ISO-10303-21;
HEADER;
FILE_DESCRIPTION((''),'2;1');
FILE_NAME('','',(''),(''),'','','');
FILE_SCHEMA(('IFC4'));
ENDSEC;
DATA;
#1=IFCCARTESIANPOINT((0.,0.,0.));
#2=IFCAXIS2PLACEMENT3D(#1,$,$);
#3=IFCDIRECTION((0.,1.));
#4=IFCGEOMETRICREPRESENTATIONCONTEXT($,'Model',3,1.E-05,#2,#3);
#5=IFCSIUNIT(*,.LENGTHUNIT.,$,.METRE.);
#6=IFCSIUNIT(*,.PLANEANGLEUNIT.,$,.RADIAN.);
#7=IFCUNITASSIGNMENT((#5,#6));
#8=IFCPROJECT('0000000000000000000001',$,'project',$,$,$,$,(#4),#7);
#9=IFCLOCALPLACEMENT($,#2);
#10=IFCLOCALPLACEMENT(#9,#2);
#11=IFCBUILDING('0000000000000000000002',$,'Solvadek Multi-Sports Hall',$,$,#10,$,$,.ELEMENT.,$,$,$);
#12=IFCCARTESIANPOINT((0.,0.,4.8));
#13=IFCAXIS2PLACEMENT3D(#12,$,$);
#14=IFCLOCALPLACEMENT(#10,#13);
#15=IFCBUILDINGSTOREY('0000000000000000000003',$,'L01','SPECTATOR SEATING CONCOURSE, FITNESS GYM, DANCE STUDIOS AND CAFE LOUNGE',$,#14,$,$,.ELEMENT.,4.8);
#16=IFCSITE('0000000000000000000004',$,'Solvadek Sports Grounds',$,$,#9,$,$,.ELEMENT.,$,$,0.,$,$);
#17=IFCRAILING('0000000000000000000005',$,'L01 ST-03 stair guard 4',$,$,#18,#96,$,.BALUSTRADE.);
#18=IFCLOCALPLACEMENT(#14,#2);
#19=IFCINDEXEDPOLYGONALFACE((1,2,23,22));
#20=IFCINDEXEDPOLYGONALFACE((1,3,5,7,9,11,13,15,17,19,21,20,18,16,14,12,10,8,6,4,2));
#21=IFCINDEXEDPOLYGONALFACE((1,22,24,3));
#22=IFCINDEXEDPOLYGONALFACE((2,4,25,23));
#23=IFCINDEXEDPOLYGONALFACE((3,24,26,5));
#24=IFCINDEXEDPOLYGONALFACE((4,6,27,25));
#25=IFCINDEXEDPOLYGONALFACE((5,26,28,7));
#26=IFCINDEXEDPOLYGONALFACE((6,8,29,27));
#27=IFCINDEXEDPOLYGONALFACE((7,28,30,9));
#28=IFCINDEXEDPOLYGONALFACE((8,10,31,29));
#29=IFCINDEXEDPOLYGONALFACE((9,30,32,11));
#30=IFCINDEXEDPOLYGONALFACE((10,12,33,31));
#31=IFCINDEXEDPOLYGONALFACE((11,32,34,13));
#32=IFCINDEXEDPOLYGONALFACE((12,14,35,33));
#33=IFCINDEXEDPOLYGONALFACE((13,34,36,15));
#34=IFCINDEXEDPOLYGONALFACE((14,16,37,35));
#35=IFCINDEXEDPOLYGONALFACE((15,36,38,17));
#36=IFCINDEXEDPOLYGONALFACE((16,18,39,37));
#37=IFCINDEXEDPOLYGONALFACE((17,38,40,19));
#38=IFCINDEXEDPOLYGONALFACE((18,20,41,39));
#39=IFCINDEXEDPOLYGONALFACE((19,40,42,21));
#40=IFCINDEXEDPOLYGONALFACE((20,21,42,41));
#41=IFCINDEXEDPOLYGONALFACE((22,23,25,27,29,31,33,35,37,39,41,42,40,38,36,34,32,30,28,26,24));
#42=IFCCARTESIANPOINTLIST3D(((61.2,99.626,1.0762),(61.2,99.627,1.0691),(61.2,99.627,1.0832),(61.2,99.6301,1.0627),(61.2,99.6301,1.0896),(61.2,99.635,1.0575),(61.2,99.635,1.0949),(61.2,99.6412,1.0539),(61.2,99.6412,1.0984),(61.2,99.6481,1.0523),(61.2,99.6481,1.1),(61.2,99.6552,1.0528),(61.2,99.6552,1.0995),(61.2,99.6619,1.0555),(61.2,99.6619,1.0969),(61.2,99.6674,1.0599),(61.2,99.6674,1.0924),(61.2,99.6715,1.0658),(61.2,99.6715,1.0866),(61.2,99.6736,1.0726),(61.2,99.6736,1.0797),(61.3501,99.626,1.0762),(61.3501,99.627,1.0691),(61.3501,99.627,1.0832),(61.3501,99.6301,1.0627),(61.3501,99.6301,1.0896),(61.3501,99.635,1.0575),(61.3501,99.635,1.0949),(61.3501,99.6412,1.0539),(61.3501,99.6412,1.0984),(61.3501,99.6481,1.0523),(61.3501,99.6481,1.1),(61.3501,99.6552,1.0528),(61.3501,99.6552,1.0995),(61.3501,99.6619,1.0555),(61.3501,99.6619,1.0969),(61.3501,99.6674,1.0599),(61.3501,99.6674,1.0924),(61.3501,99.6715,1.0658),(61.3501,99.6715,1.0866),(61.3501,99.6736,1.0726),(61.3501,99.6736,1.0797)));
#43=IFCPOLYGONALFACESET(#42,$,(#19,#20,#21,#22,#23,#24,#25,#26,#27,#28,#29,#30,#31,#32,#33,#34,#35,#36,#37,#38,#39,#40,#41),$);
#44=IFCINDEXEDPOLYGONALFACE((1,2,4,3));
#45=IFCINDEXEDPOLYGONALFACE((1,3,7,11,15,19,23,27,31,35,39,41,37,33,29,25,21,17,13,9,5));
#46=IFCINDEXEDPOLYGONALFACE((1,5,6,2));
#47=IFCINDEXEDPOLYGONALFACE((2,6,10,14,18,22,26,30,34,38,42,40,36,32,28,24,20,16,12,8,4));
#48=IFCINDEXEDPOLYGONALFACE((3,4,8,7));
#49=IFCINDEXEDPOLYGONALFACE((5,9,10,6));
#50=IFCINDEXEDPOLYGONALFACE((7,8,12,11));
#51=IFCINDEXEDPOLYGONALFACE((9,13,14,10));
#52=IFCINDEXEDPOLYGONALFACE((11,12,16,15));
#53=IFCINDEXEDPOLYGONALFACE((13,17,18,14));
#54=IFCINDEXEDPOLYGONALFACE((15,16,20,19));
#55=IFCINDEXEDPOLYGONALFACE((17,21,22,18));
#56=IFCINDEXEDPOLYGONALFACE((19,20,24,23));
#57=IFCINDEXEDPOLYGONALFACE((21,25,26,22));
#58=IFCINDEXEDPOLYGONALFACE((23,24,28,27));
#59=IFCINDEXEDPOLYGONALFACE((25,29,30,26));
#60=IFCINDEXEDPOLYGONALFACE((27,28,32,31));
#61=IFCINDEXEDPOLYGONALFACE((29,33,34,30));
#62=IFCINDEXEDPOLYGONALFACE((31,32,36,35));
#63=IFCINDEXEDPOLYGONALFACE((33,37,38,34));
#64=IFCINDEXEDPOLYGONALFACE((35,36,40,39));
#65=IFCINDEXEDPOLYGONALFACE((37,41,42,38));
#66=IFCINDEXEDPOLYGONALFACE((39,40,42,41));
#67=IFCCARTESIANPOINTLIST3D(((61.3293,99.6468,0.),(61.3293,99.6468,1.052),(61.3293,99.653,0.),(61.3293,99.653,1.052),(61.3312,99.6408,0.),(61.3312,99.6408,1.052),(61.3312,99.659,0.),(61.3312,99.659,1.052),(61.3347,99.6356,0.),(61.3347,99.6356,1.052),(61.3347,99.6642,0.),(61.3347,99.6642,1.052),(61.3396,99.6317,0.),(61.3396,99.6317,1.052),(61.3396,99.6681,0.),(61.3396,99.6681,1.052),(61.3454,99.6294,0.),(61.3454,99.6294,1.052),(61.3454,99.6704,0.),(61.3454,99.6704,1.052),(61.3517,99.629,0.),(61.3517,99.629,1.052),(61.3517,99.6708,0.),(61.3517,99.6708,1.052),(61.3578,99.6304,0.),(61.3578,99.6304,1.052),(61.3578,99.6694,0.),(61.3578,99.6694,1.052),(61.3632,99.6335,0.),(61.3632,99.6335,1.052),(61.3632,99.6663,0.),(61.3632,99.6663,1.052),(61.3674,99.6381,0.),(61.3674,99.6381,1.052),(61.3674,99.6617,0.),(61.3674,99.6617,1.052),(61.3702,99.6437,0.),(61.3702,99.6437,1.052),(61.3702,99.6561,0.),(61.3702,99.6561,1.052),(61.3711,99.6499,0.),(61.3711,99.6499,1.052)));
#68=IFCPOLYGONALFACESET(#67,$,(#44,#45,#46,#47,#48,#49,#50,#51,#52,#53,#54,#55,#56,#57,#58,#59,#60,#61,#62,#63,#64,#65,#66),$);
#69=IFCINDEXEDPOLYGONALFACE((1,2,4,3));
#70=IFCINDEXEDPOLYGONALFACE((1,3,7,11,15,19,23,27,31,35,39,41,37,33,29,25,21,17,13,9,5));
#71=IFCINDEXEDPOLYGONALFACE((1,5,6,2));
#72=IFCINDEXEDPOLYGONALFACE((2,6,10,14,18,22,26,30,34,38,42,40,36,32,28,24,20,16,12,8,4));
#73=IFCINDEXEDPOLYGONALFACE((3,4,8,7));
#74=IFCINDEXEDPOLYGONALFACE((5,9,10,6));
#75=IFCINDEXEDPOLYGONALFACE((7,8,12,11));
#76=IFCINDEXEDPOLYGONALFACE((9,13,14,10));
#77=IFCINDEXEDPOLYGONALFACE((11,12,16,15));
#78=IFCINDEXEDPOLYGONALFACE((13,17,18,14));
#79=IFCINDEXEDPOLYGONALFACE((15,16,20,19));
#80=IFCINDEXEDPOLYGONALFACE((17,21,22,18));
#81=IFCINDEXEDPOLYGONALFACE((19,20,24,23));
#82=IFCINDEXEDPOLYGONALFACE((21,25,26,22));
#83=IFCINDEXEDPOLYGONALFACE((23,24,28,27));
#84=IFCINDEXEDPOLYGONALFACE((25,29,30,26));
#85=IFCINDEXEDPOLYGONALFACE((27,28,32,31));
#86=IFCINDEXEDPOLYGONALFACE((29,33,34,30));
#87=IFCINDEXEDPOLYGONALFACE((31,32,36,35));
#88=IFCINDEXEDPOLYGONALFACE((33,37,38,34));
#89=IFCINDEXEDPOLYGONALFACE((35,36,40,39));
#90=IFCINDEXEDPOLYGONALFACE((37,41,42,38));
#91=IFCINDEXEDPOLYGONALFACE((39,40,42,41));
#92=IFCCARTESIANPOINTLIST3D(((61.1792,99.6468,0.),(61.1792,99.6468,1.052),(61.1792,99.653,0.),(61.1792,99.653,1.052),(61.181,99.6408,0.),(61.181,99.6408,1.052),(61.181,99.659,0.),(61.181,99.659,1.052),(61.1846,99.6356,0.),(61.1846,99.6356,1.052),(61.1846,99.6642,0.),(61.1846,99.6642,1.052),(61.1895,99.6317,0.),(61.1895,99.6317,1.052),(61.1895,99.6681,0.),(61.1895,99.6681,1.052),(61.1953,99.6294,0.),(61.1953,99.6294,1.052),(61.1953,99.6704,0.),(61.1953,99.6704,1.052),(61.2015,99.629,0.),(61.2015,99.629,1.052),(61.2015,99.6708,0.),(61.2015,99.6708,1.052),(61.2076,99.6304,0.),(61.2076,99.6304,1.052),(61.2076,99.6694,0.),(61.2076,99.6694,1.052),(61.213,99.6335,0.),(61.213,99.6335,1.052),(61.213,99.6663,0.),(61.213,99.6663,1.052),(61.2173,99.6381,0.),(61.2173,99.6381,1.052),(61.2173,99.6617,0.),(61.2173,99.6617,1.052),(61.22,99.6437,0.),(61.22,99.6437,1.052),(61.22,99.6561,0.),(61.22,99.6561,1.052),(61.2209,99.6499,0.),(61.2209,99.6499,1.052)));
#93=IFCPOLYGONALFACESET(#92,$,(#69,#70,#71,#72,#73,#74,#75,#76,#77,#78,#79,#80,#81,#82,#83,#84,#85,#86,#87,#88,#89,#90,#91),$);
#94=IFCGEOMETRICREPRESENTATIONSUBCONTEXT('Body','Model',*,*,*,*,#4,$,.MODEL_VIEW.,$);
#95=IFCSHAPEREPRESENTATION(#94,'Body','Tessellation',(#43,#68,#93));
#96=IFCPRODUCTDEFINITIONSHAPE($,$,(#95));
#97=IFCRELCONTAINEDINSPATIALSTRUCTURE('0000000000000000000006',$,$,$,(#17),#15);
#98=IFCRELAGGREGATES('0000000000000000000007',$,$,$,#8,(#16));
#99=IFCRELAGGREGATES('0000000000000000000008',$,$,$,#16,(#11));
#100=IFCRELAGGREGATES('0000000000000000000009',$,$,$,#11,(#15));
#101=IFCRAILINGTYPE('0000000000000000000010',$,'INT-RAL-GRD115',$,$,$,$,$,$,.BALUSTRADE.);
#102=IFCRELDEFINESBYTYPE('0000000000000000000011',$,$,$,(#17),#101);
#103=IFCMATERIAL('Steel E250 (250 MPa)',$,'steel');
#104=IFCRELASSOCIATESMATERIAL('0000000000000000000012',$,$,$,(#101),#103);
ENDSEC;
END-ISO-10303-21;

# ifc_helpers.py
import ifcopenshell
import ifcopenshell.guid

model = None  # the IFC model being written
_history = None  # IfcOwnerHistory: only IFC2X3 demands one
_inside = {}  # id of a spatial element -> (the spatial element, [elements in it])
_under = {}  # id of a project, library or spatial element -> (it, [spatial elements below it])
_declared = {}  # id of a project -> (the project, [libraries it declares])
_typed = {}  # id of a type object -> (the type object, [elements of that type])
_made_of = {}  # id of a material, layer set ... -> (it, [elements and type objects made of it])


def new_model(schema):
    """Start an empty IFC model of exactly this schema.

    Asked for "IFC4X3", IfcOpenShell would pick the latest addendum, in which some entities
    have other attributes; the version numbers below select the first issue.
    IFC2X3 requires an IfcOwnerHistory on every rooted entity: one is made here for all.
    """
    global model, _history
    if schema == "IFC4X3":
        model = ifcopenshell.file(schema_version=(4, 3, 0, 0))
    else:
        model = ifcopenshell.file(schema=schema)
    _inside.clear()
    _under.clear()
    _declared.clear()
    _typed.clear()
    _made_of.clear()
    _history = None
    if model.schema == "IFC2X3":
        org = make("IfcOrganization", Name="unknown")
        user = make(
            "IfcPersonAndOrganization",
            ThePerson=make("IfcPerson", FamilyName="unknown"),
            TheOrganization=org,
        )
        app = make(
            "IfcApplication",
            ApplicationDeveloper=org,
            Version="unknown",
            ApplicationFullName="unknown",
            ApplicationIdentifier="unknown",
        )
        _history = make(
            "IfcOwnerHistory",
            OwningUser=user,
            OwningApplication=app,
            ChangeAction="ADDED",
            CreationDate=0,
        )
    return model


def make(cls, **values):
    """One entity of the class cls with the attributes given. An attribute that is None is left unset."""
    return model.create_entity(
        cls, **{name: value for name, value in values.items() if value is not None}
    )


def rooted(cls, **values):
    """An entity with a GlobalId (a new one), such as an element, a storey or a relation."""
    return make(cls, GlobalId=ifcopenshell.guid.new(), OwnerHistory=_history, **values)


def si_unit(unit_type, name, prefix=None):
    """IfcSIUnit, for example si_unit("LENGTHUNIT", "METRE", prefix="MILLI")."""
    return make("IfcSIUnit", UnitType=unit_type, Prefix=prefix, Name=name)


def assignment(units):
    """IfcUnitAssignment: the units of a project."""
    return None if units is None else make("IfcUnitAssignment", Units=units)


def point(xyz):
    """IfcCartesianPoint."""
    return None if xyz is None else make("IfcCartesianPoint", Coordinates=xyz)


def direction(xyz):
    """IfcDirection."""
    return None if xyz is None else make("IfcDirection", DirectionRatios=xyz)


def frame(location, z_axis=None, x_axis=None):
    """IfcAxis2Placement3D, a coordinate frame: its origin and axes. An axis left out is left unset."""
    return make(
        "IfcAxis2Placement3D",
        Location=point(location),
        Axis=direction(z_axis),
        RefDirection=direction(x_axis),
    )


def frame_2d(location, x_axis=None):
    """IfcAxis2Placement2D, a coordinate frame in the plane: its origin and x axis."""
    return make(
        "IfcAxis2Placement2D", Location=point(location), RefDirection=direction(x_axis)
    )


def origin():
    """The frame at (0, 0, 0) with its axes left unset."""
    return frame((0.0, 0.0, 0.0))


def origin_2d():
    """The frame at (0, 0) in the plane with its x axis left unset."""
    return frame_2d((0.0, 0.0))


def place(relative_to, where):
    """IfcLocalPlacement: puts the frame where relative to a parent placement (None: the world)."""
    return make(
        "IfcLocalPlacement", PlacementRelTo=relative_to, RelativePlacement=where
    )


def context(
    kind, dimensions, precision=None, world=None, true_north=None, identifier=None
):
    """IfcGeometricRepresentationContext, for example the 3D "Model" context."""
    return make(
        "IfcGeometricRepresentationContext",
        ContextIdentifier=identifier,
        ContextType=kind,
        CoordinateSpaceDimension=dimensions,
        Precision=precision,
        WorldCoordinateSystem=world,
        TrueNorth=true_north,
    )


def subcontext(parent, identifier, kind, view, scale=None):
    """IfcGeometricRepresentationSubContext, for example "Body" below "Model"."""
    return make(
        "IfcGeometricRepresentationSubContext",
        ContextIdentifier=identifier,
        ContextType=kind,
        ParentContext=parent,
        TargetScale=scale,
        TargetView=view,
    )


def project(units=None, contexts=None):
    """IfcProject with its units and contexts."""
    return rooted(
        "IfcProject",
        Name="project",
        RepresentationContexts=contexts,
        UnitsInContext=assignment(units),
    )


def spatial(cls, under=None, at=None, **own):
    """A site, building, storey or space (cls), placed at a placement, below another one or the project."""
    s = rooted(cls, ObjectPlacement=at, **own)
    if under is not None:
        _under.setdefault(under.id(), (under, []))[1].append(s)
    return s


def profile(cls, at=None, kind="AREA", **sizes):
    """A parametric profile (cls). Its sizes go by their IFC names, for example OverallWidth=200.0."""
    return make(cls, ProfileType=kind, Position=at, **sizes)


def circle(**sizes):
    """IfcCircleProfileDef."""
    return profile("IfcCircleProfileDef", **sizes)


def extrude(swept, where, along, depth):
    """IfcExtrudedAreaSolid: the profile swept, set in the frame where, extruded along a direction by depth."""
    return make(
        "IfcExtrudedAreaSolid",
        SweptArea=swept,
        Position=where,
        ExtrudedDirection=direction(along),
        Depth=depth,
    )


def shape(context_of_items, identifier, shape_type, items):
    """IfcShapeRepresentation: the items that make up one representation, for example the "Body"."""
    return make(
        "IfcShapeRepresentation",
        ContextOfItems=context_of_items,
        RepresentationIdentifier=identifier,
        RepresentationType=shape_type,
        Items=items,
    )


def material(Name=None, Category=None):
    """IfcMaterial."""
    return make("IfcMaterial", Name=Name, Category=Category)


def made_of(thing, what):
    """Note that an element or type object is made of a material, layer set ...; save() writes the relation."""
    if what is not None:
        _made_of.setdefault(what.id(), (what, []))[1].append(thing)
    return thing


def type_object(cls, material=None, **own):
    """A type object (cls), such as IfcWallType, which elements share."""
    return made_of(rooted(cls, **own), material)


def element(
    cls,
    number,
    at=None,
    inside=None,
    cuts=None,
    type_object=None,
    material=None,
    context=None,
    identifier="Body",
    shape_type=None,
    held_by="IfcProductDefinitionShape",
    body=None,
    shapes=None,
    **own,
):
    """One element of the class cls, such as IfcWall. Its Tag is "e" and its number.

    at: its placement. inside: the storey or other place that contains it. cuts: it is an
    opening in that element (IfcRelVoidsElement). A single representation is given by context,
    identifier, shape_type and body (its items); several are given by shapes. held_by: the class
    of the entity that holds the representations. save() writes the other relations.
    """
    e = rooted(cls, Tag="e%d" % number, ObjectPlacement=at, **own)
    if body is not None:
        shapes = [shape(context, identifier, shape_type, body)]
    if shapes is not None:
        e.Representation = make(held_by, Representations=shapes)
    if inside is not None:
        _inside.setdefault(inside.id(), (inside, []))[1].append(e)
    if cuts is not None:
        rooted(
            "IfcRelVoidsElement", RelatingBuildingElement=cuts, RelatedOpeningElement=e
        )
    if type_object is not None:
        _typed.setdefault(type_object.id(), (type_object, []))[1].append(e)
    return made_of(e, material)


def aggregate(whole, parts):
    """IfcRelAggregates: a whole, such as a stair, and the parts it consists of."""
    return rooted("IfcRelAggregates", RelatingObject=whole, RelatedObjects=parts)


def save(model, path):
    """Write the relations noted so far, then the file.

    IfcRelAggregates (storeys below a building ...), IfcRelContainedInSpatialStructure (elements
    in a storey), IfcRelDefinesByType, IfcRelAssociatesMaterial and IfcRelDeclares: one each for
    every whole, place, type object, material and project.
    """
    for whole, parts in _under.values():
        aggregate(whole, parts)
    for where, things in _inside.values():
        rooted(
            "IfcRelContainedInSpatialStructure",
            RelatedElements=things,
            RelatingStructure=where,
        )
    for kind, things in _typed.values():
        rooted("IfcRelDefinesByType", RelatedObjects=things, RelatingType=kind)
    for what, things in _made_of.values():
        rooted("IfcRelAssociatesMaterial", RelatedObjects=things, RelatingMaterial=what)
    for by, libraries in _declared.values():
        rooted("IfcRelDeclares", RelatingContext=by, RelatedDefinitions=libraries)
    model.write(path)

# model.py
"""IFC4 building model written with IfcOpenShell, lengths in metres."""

from ifc_helpers import new_model, si_unit, direction, frame, origin, origin_2d, place, context, subcontext, project, spatial, circle, extrude, material, type_object, element, save


model = new_model("IFC4")

# Units and contexts
model_context = context("Model", 3, precision=1e-05, world=origin(), true_north=direction((0.0, 1.0)))
body_context = subcontext(model_context, "Body", "Model", "MODEL_VIEW")
ifc_project = project(units=[si_unit("LENGTHUNIT", "METRE"), si_unit("PLANEANGLEUNIT", "RADIAN")], contexts=[model_context])

# Site, building, storey
site_placement = place(None, origin())
site = spatial("IfcSite", under=ifc_project, at=site_placement, Name="Solvadek Sports Grounds", CompositionType="ELEMENT", RefElevation=0.0)
building_placement = place(site_placement, origin())
building = spatial("IfcBuilding", under=site, at=building_placement, Name="Solvadek Multi-Sports Hall", CompositionType="ELEMENT")
storey_placement = place(building_placement, frame((0.0, 0.0, 4.8)))
storey = spatial("IfcBuildingStorey", under=building, at=storey_placement, Name="L01", Description="SPECTATOR SEATING CONCOURSE, FITNESS GYM, DANCE STUDIOS AND CAFE LOUNGE", CompositionType="ELEMENT", Elevation=4.8)

# Shared definitions
ifc_material_1 = material(Name="Steel E250 (250 MPa)", Category="steel")

# Railing
railing_type_1 = type_object("IfcRailingType", Name="INT-RAL-GRD115", PredefinedType="BALUSTRADE", material=ifc_material_1)
railing_1_placement = place(storey_placement, frame((61.3501, 99.6499, 0.0)))
element("IfcRailing", 1, at=railing_1_placement, inside=storey, type_object=railing_type_1, Name="L01 ST-03 stair guard 4", PredefinedType="BALUSTRADE", context=body_context, shape_type="SweptSolid", body=[
    extrude(circle(Radius=0.0239, at=origin_2d()), frame((0.0, 0.0, 1.0762), z_axis=(-1.0, 0.0, 0.0), x_axis=(0.0, -1.0, 0.0)), (0.0, 0.0, 1.0), 0.1501),
    extrude(circle(Radius=0.021, at=origin_2d()), origin(), (0.0, 0.0, 1.0), 1.052),
    extrude(circle(Radius=0.021, at=origin_2d()), frame((-0.1501, 0.0, 0.0)), (0.0, 0.0, 1.0), 1.052),
])

save(model, "model.ifc")
